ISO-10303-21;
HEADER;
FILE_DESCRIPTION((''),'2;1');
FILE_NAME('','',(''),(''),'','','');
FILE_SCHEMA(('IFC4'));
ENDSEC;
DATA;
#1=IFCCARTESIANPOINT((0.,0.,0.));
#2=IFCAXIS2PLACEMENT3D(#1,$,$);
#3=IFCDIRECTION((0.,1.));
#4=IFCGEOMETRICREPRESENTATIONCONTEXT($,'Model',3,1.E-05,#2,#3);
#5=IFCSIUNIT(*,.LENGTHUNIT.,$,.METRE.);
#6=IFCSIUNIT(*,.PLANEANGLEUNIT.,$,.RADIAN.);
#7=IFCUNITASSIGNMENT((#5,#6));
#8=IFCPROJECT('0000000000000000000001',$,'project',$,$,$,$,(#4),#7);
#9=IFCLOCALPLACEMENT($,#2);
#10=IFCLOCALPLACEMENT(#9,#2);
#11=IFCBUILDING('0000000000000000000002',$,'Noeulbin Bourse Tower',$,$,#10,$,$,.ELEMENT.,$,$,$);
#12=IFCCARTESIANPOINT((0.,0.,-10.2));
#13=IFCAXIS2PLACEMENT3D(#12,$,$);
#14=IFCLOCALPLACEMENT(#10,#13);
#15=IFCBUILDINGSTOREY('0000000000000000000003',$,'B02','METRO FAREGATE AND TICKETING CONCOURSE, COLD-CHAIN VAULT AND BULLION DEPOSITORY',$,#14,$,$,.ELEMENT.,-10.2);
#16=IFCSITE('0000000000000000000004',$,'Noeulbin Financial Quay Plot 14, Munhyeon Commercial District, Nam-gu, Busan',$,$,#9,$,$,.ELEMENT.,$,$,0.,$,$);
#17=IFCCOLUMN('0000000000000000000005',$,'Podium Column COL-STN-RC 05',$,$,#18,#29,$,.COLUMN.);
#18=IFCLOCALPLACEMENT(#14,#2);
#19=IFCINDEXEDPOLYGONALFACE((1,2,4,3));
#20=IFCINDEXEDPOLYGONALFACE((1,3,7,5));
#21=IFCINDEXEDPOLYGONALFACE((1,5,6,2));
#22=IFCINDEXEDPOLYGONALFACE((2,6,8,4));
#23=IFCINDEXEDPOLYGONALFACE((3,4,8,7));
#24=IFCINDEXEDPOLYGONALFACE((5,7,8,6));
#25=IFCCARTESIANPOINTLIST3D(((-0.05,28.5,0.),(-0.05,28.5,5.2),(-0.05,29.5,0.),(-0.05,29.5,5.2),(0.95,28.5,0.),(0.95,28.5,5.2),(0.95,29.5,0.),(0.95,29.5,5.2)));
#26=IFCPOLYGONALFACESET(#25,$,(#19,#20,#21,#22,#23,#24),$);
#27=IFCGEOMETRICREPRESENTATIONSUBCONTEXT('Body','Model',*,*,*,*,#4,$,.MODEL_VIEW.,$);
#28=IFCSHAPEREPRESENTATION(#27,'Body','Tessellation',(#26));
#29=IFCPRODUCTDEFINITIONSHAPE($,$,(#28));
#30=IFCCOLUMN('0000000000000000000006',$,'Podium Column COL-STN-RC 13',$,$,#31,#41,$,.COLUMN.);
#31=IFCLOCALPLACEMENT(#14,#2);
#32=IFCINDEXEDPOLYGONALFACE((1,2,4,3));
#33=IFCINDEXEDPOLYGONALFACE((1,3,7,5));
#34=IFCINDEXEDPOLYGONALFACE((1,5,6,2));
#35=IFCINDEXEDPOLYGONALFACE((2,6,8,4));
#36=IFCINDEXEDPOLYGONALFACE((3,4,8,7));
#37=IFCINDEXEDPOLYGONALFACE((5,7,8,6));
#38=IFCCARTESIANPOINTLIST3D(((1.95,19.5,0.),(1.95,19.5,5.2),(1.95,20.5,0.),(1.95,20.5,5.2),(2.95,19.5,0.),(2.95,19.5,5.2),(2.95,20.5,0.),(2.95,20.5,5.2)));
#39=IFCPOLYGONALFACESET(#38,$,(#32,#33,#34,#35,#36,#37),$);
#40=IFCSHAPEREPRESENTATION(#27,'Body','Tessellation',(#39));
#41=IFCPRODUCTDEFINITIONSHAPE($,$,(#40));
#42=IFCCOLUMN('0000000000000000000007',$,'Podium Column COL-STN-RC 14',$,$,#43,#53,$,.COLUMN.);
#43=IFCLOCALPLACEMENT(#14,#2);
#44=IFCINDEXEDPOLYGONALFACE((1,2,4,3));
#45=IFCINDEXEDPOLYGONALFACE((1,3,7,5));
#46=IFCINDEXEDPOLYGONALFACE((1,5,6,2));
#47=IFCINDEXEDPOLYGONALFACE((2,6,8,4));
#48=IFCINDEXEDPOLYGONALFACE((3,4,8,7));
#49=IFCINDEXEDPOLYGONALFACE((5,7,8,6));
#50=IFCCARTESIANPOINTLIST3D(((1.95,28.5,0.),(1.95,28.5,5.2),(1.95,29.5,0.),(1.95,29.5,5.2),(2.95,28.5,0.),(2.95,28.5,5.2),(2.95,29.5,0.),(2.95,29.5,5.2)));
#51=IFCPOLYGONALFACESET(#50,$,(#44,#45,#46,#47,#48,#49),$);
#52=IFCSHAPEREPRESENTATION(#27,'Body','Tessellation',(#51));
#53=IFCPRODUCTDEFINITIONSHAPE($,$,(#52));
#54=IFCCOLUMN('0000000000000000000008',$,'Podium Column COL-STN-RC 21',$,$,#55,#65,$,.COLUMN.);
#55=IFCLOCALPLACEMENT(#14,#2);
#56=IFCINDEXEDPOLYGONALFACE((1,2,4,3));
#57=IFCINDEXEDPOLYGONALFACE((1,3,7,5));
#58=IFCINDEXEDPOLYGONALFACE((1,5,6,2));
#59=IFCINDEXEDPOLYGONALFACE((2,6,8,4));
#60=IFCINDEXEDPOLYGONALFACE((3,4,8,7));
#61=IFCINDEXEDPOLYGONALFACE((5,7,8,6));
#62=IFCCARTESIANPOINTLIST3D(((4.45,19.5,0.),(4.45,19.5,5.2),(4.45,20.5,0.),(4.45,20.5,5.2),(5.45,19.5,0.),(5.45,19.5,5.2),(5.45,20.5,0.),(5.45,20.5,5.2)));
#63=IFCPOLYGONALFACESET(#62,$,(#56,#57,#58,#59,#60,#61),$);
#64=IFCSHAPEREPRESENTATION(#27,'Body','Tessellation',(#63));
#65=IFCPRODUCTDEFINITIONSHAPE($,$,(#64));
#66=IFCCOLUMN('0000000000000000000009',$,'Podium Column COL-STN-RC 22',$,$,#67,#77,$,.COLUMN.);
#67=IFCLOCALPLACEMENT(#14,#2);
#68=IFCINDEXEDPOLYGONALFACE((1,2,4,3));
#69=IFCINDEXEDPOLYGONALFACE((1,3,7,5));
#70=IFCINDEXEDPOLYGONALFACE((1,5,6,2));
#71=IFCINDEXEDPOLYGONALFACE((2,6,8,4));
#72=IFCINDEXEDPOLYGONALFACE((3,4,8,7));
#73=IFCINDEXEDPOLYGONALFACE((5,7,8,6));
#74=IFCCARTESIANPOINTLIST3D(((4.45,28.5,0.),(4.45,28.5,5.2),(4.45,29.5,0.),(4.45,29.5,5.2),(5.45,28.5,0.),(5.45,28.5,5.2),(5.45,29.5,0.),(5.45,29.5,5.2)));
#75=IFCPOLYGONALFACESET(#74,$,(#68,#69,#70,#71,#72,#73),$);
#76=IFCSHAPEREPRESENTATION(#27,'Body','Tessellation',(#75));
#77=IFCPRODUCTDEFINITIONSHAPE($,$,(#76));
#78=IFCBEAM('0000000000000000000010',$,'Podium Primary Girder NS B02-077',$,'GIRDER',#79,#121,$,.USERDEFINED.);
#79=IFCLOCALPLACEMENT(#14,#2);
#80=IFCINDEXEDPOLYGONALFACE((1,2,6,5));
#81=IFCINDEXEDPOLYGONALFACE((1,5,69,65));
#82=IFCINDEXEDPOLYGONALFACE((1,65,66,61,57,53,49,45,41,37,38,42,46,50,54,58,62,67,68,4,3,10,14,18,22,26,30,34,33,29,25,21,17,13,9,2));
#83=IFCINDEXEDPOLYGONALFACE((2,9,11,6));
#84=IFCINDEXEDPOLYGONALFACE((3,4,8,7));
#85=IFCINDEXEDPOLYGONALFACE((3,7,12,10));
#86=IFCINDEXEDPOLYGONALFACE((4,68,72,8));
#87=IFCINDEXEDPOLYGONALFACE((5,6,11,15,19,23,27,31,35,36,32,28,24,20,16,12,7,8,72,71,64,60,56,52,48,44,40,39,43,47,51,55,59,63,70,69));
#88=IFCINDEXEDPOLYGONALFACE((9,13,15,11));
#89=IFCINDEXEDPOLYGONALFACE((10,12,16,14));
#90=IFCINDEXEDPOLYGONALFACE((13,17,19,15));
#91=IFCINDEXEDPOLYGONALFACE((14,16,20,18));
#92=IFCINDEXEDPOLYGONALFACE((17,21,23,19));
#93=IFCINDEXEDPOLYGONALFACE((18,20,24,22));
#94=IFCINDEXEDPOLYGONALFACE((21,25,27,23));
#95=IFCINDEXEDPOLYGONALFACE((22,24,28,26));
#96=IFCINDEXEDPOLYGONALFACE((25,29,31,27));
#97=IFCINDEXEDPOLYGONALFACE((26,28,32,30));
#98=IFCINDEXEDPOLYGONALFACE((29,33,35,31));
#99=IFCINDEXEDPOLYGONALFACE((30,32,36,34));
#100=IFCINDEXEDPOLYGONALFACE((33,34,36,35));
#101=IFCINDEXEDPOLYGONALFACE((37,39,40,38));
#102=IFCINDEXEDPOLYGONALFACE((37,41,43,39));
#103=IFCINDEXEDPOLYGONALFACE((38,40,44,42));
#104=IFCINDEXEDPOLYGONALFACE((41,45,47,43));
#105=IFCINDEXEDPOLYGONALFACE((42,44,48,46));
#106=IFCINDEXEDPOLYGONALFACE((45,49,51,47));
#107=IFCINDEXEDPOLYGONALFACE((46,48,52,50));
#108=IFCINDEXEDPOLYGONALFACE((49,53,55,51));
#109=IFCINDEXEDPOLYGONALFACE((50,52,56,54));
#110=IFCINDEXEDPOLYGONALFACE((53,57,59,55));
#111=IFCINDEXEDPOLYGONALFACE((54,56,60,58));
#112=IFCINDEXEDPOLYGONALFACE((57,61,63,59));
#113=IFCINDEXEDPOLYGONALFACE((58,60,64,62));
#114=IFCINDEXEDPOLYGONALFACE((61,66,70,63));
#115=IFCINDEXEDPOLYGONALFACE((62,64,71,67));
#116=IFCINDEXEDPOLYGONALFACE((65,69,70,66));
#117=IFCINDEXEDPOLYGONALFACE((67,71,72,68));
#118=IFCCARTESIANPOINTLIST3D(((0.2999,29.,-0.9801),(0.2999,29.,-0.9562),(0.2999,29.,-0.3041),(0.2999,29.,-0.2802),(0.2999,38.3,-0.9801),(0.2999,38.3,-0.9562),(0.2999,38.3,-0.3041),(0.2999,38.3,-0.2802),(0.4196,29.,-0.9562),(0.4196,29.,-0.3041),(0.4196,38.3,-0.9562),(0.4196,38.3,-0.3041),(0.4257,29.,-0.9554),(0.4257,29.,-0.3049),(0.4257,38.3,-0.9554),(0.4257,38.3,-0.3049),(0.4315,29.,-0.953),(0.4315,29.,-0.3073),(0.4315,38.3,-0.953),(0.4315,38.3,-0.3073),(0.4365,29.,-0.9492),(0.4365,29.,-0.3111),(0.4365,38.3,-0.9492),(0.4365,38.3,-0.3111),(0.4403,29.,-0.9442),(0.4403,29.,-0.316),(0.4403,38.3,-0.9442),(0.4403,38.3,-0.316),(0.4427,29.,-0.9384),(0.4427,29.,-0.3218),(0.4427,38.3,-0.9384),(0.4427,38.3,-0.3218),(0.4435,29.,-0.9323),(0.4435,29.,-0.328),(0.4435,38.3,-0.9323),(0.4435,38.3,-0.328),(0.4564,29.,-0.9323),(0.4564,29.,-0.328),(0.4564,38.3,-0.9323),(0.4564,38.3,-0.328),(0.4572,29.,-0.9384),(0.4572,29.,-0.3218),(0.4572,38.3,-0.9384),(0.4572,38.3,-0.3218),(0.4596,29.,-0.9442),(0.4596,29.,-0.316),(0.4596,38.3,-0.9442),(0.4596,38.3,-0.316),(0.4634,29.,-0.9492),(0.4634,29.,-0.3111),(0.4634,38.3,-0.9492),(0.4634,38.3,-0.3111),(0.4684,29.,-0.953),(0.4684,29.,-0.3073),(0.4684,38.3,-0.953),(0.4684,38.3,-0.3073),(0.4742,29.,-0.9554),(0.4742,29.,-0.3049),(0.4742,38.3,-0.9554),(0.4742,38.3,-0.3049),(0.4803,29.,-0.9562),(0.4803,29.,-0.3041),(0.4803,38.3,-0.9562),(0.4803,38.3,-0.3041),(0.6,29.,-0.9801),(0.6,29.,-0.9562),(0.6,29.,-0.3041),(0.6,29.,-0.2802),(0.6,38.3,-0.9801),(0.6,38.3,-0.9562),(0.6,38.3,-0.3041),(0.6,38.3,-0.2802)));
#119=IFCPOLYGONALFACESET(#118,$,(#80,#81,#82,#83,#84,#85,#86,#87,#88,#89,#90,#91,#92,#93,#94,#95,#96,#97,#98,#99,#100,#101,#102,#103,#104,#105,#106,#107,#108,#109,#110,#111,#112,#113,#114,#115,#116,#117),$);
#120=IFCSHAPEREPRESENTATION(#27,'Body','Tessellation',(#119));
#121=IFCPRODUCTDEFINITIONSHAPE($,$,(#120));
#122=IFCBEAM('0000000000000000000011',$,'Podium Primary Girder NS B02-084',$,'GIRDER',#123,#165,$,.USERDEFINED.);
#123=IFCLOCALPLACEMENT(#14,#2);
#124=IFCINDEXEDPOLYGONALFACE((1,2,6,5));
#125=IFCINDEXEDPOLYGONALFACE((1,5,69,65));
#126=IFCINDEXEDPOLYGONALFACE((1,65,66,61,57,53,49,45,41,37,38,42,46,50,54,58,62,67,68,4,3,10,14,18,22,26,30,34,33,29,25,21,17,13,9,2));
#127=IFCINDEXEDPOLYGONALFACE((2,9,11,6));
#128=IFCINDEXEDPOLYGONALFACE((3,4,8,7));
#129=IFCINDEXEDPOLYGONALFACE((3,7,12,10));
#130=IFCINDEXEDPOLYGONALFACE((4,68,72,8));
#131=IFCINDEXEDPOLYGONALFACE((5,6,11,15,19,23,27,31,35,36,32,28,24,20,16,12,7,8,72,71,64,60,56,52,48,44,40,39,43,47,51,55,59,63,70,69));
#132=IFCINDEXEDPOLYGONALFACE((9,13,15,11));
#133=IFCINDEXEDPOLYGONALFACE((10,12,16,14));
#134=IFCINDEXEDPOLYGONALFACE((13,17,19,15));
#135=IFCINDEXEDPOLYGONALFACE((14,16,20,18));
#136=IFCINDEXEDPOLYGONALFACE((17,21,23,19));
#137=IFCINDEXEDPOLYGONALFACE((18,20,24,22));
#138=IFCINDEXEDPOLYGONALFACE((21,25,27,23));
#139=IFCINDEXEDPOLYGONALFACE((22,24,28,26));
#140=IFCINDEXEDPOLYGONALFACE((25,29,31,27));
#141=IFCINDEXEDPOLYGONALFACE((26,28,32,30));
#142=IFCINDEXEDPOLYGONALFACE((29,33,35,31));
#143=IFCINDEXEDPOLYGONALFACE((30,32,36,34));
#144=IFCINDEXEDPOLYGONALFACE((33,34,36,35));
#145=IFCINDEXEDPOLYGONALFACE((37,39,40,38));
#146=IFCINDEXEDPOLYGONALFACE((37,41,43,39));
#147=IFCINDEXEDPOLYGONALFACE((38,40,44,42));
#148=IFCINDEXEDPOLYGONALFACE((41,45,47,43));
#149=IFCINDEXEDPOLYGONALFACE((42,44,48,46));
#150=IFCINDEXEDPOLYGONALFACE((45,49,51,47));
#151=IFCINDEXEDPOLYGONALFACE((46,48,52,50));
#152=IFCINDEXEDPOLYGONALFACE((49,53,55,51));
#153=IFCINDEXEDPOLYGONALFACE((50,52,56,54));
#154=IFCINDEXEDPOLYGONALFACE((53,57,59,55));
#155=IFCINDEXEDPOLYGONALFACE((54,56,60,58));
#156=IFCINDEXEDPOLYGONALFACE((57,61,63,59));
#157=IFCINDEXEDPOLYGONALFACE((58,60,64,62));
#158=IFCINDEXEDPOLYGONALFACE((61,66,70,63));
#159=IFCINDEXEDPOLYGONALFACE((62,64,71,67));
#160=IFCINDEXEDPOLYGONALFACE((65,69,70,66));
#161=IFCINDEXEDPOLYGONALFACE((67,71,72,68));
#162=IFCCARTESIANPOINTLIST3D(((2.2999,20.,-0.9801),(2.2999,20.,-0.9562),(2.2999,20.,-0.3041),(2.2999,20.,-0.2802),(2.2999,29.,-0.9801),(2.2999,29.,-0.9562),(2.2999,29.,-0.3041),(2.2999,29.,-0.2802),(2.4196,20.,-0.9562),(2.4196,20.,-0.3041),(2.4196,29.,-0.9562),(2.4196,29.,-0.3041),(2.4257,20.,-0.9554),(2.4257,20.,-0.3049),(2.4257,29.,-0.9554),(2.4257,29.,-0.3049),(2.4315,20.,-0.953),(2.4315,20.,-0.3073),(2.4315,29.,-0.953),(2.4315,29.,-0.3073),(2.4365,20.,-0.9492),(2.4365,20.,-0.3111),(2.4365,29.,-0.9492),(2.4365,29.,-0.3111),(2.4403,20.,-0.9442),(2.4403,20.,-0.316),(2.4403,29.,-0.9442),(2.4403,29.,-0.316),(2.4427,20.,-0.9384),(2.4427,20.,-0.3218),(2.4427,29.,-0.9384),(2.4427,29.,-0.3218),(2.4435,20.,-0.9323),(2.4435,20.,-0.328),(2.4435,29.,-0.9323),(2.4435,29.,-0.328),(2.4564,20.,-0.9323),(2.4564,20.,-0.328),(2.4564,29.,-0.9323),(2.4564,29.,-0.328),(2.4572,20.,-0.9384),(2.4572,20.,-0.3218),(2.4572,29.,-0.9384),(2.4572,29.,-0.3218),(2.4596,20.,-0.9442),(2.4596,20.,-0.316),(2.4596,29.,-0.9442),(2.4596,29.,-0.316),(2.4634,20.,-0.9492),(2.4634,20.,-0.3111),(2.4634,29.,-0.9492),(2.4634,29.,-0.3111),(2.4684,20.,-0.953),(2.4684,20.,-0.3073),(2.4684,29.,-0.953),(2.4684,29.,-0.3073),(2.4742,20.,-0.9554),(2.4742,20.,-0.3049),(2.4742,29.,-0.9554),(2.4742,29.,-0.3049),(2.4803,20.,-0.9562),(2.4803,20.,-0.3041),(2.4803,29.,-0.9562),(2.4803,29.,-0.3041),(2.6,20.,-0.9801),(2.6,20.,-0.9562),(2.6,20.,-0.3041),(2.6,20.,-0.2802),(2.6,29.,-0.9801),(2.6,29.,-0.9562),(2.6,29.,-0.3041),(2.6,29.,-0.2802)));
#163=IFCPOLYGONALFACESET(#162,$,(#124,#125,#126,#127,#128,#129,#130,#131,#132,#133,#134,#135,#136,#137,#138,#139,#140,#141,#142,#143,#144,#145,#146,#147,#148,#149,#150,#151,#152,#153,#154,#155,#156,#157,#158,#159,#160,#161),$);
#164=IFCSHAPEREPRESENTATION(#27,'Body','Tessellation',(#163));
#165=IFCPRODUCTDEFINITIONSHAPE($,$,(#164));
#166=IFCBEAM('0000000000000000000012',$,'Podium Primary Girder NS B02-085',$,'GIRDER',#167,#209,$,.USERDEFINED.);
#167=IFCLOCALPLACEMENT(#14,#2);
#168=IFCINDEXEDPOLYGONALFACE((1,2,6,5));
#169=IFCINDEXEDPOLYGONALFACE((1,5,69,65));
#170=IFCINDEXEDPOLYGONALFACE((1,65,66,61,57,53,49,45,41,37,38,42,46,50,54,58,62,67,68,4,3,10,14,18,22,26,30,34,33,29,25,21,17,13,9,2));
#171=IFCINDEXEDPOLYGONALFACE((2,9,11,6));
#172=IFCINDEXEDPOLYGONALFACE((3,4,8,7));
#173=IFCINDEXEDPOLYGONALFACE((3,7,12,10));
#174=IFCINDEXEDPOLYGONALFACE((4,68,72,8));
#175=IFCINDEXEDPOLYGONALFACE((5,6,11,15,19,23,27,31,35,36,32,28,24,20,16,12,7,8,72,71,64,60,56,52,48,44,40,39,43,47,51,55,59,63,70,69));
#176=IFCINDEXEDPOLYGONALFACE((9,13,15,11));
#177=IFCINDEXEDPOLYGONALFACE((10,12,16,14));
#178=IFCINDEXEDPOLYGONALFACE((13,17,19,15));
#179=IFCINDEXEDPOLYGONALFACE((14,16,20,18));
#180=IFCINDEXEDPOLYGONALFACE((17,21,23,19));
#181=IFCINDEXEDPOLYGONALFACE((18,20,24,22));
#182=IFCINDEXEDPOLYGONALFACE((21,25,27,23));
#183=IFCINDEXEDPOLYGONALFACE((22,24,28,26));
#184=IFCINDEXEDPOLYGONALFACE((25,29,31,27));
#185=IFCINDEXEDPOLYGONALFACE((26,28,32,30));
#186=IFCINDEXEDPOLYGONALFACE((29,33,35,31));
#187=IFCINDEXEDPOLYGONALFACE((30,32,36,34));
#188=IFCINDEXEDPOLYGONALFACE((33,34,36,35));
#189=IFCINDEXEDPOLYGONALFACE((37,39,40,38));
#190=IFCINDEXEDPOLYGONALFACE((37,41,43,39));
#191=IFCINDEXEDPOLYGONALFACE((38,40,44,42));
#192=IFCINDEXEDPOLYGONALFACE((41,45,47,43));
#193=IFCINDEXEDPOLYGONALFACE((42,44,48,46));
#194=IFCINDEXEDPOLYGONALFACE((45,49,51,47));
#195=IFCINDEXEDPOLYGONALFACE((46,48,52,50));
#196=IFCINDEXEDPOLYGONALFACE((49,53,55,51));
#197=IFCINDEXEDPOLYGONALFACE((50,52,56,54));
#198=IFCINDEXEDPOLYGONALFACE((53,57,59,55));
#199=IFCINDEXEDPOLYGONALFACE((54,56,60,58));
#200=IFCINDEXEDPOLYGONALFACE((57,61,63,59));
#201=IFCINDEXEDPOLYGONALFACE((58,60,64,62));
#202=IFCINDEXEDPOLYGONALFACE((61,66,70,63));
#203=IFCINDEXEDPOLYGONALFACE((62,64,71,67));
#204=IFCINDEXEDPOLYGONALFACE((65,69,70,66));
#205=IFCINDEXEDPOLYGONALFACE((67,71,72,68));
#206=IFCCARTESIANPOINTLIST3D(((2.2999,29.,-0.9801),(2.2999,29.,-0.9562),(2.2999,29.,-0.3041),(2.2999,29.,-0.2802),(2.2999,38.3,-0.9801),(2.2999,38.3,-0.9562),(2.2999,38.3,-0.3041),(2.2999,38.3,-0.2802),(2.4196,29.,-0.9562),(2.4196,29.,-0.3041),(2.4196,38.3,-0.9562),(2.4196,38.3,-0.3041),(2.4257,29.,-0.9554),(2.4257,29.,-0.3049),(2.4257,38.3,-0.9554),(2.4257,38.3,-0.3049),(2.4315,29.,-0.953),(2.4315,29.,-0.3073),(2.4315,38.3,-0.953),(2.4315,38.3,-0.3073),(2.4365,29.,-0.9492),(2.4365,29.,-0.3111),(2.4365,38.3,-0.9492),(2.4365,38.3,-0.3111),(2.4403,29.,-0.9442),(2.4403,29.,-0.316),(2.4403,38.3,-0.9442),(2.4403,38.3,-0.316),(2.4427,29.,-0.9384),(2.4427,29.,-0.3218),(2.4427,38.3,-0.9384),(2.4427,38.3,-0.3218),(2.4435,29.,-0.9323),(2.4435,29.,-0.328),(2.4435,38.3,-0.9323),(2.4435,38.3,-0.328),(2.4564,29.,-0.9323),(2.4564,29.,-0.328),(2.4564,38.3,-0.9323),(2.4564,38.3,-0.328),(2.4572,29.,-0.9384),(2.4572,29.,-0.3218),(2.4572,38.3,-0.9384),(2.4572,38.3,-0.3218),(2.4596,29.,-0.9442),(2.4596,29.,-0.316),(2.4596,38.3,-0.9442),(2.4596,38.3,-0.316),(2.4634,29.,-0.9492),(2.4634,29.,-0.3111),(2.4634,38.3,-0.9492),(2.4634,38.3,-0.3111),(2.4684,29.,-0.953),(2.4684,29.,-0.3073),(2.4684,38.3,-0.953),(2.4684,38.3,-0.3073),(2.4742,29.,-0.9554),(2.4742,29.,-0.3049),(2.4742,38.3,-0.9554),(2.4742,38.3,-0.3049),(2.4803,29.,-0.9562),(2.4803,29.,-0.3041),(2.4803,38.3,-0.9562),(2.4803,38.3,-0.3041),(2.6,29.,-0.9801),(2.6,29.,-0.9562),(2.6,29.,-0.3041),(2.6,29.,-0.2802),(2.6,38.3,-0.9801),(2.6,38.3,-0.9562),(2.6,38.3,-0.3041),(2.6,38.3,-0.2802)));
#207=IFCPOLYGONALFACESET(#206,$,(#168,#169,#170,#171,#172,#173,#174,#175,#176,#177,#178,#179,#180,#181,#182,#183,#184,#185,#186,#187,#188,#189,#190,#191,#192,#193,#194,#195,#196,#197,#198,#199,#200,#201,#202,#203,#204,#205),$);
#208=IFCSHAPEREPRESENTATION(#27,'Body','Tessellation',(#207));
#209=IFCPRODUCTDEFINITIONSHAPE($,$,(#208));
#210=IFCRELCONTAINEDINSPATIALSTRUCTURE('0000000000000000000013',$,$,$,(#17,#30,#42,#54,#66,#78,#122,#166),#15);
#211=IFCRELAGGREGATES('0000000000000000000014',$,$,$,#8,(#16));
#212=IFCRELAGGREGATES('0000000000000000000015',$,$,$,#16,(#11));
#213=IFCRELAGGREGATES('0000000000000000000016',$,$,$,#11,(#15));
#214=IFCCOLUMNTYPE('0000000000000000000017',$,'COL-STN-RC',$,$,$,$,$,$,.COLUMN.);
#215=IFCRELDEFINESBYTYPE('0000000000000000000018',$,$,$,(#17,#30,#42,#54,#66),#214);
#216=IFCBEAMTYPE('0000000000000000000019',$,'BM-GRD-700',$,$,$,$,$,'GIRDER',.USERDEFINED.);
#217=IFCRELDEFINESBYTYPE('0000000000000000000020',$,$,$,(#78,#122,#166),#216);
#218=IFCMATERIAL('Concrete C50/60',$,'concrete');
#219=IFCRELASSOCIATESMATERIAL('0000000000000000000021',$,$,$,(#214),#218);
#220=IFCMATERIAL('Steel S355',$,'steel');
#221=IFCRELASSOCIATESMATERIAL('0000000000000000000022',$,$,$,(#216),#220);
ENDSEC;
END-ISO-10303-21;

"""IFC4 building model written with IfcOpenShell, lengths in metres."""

from ifc_helpers import new_model, si_unit, direction, frame, origin, origin_2d, place, context, subcontext, project, spatial, rectangle, i_section, extrude, material, material_profile, profile_set, type_object, element, save


model = new_model("IFC4")

# Units and contexts
model_context = context("Model", 3, precision=1e-05, world=origin(), true_north=direction((0.0, 1.0)))
body_context = subcontext(model_context, "Body", "Model", "MODEL_VIEW")
ifc_project = project(units=[si_unit("LENGTHUNIT", "METRE"), si_unit("PLANEANGLEUNIT", "RADIAN")], contexts=[model_context])

# Site, building, storey
site_placement = place(None, origin())
site = spatial("IfcSite", under=ifc_project, at=site_placement, Name="Noeulbin Financial Quay Plot 14, Munhyeon Commercial District, Nam-gu, Busan", CompositionType="ELEMENT", RefElevation=0.0)
building_placement = place(site_placement, origin())
building = spatial("IfcBuilding", under=site, at=building_placement, Name="Noeulbin Bourse Tower", CompositionType="ELEMENT")
storey_placement = place(building_placement, frame((0.0, 0.0, -10.2)))
storey = spatial("IfcBuildingStorey", under=building, at=storey_placement, Name="B02", Description="METRO FAREGATE AND TICKETING CONCOURSE, COLD-CHAIN VAULT AND BULLION DEPOSITORY", CompositionType="ELEMENT", Elevation=-10.2)

# Columns
ifc_material_1 = material(Name="Concrete C50/60", Category="concrete")
ifc_material_profile_1 = material_profile(ifc_material_1, rectangle(XDim=1.0, YDim=1.0, at=origin_2d()), Name="RC-COL-1000x1000", Category="LoadBearing")
ifc_profile_set_1 = profile_set([ifc_material_profile_1], Name="Concrete C50/60")
column_type = type_object("IfcColumnType", Name="COL-STN-RC", PredefinedType="COLUMN", material=ifc_profile_set_1)
for number, where, z_axis, x_axis, name in (
    (1, (0.45, 29.0, 0.0), (0.0, 0.0, 1.0), (1.0, 0.0, 0.0), "Podium Column COL-STN-RC 05"),
    (2, (2.45, 20.0, 0.0), (0.0, 0.0, 1.0), (1.0, 0.0, 0.0), "Podium Column COL-STN-RC 13"),
    (3, (2.45, 29.0, 0.0), (0.0, 0.0, 1.0), (1.0, 0.0, 0.0), "Podium Column COL-STN-RC 14"),
    (4, (4.95, 20.0, 0.0), (0.0, 0.0, 1.0), (1.0, 0.0, 0.0), "Podium Column COL-STN-RC 21"),
    (5, (4.95, 29.0, 0.0), (0.0, 0.0, 1.0), (1.0, 0.0, 0.0), "Podium Column COL-STN-RC 22"),
):
    element("IfcColumn", number, at=place(storey_placement, frame(where, z_axis=z_axis, x_axis=x_axis)), inside=storey, type_object=column_type, Name=name, PredefinedType="COLUMN", context=body_context, shape_type="SweptSolid", body=[
        extrude(rectangle(XDim=1.0, YDim=1.0, at=origin_2d()), origin(), (0.0, 0.0, 1.0), 5.2),
    ])

# Beams
ifc_material_2 = material(Name="Steel S355", Category="steel")
ifc_material_profile_2 = material_profile(ifc_material_2, i_section(OverallWidth=0.3, OverallDepth=0.7, WebThickness=0.0129, FlangeThickness=0.0239, FilletRadius=0.0239, at=origin_2d()), Name="H-700x300x13x24", Category="LoadBearing")
ifc_profile_set_2 = profile_set([ifc_material_profile_2], Name="Steel S355")
beam_type_1 = type_object("IfcBeamType", Name="BM-GRD-700", ElementType="GIRDER", PredefinedType="USERDEFINED", material=ifc_profile_set_2)
beam_1_placement = place(storey_placement, frame((0.45, 29.0, -0.6301), z_axis=(0.0, 1.0, 0.0), x_axis=(-1.0, 0.0, 0.0)))
element("IfcBeam", 6, at=beam_1_placement, inside=storey, type_object=beam_type_1, Name="Podium Primary Girder NS B02-077", ObjectType="GIRDER", PredefinedType="USERDEFINED", context=body_context, shape_type="SweptSolid", body=[
    extrude(i_section(OverallWidth=0.3, OverallDepth=0.7, WebThickness=0.0129, FlangeThickness=0.0239, FilletRadius=0.0239, at=origin_2d()), origin(), (0.0, 0.0, 1.0), 9.3),
])
beam_2_placement = place(storey_placement, frame((2.45, 20.0, -0.6301), z_axis=(0.0, 1.0, 0.0), x_axis=(-1.0, 0.0, 0.0)))
element("IfcBeam", 7, at=beam_2_placement, inside=storey, type_object=beam_type_1, Name="Podium Primary Girder NS B02-084", ObjectType="GIRDER", PredefinedType="USERDEFINED", context=body_context, shape_type="SweptSolid", body=[
    extrude(i_section(OverallWidth=0.3, OverallDepth=0.7, WebThickness=0.0129, FlangeThickness=0.0239, FilletRadius=0.0239, at=origin_2d()), origin(), (0.0, 0.0, 1.0), 9.0),
])
beam_3_placement = place(storey_placement, frame((2.45, 29.0, -0.6301), z_axis=(0.0, 1.0, 0.0), x_axis=(-1.0, 0.0, 0.0)))
element("IfcBeam", 8, at=beam_3_placement, inside=storey, type_object=beam_type_1, Name="Podium Primary Girder NS B02-085", ObjectType="GIRDER", PredefinedType="USERDEFINED", context=body_context, shape_type="SweptSolid", body=[
    extrude(i_section(OverallWidth=0.3, OverallDepth=0.7, WebThickness=0.0129, FlangeThickness=0.0239, FilletRadius=0.0239, at=origin_2d()), origin(), (0.0, 0.0, 1.0), 9.3),
])

save(model, "model.ifc")
